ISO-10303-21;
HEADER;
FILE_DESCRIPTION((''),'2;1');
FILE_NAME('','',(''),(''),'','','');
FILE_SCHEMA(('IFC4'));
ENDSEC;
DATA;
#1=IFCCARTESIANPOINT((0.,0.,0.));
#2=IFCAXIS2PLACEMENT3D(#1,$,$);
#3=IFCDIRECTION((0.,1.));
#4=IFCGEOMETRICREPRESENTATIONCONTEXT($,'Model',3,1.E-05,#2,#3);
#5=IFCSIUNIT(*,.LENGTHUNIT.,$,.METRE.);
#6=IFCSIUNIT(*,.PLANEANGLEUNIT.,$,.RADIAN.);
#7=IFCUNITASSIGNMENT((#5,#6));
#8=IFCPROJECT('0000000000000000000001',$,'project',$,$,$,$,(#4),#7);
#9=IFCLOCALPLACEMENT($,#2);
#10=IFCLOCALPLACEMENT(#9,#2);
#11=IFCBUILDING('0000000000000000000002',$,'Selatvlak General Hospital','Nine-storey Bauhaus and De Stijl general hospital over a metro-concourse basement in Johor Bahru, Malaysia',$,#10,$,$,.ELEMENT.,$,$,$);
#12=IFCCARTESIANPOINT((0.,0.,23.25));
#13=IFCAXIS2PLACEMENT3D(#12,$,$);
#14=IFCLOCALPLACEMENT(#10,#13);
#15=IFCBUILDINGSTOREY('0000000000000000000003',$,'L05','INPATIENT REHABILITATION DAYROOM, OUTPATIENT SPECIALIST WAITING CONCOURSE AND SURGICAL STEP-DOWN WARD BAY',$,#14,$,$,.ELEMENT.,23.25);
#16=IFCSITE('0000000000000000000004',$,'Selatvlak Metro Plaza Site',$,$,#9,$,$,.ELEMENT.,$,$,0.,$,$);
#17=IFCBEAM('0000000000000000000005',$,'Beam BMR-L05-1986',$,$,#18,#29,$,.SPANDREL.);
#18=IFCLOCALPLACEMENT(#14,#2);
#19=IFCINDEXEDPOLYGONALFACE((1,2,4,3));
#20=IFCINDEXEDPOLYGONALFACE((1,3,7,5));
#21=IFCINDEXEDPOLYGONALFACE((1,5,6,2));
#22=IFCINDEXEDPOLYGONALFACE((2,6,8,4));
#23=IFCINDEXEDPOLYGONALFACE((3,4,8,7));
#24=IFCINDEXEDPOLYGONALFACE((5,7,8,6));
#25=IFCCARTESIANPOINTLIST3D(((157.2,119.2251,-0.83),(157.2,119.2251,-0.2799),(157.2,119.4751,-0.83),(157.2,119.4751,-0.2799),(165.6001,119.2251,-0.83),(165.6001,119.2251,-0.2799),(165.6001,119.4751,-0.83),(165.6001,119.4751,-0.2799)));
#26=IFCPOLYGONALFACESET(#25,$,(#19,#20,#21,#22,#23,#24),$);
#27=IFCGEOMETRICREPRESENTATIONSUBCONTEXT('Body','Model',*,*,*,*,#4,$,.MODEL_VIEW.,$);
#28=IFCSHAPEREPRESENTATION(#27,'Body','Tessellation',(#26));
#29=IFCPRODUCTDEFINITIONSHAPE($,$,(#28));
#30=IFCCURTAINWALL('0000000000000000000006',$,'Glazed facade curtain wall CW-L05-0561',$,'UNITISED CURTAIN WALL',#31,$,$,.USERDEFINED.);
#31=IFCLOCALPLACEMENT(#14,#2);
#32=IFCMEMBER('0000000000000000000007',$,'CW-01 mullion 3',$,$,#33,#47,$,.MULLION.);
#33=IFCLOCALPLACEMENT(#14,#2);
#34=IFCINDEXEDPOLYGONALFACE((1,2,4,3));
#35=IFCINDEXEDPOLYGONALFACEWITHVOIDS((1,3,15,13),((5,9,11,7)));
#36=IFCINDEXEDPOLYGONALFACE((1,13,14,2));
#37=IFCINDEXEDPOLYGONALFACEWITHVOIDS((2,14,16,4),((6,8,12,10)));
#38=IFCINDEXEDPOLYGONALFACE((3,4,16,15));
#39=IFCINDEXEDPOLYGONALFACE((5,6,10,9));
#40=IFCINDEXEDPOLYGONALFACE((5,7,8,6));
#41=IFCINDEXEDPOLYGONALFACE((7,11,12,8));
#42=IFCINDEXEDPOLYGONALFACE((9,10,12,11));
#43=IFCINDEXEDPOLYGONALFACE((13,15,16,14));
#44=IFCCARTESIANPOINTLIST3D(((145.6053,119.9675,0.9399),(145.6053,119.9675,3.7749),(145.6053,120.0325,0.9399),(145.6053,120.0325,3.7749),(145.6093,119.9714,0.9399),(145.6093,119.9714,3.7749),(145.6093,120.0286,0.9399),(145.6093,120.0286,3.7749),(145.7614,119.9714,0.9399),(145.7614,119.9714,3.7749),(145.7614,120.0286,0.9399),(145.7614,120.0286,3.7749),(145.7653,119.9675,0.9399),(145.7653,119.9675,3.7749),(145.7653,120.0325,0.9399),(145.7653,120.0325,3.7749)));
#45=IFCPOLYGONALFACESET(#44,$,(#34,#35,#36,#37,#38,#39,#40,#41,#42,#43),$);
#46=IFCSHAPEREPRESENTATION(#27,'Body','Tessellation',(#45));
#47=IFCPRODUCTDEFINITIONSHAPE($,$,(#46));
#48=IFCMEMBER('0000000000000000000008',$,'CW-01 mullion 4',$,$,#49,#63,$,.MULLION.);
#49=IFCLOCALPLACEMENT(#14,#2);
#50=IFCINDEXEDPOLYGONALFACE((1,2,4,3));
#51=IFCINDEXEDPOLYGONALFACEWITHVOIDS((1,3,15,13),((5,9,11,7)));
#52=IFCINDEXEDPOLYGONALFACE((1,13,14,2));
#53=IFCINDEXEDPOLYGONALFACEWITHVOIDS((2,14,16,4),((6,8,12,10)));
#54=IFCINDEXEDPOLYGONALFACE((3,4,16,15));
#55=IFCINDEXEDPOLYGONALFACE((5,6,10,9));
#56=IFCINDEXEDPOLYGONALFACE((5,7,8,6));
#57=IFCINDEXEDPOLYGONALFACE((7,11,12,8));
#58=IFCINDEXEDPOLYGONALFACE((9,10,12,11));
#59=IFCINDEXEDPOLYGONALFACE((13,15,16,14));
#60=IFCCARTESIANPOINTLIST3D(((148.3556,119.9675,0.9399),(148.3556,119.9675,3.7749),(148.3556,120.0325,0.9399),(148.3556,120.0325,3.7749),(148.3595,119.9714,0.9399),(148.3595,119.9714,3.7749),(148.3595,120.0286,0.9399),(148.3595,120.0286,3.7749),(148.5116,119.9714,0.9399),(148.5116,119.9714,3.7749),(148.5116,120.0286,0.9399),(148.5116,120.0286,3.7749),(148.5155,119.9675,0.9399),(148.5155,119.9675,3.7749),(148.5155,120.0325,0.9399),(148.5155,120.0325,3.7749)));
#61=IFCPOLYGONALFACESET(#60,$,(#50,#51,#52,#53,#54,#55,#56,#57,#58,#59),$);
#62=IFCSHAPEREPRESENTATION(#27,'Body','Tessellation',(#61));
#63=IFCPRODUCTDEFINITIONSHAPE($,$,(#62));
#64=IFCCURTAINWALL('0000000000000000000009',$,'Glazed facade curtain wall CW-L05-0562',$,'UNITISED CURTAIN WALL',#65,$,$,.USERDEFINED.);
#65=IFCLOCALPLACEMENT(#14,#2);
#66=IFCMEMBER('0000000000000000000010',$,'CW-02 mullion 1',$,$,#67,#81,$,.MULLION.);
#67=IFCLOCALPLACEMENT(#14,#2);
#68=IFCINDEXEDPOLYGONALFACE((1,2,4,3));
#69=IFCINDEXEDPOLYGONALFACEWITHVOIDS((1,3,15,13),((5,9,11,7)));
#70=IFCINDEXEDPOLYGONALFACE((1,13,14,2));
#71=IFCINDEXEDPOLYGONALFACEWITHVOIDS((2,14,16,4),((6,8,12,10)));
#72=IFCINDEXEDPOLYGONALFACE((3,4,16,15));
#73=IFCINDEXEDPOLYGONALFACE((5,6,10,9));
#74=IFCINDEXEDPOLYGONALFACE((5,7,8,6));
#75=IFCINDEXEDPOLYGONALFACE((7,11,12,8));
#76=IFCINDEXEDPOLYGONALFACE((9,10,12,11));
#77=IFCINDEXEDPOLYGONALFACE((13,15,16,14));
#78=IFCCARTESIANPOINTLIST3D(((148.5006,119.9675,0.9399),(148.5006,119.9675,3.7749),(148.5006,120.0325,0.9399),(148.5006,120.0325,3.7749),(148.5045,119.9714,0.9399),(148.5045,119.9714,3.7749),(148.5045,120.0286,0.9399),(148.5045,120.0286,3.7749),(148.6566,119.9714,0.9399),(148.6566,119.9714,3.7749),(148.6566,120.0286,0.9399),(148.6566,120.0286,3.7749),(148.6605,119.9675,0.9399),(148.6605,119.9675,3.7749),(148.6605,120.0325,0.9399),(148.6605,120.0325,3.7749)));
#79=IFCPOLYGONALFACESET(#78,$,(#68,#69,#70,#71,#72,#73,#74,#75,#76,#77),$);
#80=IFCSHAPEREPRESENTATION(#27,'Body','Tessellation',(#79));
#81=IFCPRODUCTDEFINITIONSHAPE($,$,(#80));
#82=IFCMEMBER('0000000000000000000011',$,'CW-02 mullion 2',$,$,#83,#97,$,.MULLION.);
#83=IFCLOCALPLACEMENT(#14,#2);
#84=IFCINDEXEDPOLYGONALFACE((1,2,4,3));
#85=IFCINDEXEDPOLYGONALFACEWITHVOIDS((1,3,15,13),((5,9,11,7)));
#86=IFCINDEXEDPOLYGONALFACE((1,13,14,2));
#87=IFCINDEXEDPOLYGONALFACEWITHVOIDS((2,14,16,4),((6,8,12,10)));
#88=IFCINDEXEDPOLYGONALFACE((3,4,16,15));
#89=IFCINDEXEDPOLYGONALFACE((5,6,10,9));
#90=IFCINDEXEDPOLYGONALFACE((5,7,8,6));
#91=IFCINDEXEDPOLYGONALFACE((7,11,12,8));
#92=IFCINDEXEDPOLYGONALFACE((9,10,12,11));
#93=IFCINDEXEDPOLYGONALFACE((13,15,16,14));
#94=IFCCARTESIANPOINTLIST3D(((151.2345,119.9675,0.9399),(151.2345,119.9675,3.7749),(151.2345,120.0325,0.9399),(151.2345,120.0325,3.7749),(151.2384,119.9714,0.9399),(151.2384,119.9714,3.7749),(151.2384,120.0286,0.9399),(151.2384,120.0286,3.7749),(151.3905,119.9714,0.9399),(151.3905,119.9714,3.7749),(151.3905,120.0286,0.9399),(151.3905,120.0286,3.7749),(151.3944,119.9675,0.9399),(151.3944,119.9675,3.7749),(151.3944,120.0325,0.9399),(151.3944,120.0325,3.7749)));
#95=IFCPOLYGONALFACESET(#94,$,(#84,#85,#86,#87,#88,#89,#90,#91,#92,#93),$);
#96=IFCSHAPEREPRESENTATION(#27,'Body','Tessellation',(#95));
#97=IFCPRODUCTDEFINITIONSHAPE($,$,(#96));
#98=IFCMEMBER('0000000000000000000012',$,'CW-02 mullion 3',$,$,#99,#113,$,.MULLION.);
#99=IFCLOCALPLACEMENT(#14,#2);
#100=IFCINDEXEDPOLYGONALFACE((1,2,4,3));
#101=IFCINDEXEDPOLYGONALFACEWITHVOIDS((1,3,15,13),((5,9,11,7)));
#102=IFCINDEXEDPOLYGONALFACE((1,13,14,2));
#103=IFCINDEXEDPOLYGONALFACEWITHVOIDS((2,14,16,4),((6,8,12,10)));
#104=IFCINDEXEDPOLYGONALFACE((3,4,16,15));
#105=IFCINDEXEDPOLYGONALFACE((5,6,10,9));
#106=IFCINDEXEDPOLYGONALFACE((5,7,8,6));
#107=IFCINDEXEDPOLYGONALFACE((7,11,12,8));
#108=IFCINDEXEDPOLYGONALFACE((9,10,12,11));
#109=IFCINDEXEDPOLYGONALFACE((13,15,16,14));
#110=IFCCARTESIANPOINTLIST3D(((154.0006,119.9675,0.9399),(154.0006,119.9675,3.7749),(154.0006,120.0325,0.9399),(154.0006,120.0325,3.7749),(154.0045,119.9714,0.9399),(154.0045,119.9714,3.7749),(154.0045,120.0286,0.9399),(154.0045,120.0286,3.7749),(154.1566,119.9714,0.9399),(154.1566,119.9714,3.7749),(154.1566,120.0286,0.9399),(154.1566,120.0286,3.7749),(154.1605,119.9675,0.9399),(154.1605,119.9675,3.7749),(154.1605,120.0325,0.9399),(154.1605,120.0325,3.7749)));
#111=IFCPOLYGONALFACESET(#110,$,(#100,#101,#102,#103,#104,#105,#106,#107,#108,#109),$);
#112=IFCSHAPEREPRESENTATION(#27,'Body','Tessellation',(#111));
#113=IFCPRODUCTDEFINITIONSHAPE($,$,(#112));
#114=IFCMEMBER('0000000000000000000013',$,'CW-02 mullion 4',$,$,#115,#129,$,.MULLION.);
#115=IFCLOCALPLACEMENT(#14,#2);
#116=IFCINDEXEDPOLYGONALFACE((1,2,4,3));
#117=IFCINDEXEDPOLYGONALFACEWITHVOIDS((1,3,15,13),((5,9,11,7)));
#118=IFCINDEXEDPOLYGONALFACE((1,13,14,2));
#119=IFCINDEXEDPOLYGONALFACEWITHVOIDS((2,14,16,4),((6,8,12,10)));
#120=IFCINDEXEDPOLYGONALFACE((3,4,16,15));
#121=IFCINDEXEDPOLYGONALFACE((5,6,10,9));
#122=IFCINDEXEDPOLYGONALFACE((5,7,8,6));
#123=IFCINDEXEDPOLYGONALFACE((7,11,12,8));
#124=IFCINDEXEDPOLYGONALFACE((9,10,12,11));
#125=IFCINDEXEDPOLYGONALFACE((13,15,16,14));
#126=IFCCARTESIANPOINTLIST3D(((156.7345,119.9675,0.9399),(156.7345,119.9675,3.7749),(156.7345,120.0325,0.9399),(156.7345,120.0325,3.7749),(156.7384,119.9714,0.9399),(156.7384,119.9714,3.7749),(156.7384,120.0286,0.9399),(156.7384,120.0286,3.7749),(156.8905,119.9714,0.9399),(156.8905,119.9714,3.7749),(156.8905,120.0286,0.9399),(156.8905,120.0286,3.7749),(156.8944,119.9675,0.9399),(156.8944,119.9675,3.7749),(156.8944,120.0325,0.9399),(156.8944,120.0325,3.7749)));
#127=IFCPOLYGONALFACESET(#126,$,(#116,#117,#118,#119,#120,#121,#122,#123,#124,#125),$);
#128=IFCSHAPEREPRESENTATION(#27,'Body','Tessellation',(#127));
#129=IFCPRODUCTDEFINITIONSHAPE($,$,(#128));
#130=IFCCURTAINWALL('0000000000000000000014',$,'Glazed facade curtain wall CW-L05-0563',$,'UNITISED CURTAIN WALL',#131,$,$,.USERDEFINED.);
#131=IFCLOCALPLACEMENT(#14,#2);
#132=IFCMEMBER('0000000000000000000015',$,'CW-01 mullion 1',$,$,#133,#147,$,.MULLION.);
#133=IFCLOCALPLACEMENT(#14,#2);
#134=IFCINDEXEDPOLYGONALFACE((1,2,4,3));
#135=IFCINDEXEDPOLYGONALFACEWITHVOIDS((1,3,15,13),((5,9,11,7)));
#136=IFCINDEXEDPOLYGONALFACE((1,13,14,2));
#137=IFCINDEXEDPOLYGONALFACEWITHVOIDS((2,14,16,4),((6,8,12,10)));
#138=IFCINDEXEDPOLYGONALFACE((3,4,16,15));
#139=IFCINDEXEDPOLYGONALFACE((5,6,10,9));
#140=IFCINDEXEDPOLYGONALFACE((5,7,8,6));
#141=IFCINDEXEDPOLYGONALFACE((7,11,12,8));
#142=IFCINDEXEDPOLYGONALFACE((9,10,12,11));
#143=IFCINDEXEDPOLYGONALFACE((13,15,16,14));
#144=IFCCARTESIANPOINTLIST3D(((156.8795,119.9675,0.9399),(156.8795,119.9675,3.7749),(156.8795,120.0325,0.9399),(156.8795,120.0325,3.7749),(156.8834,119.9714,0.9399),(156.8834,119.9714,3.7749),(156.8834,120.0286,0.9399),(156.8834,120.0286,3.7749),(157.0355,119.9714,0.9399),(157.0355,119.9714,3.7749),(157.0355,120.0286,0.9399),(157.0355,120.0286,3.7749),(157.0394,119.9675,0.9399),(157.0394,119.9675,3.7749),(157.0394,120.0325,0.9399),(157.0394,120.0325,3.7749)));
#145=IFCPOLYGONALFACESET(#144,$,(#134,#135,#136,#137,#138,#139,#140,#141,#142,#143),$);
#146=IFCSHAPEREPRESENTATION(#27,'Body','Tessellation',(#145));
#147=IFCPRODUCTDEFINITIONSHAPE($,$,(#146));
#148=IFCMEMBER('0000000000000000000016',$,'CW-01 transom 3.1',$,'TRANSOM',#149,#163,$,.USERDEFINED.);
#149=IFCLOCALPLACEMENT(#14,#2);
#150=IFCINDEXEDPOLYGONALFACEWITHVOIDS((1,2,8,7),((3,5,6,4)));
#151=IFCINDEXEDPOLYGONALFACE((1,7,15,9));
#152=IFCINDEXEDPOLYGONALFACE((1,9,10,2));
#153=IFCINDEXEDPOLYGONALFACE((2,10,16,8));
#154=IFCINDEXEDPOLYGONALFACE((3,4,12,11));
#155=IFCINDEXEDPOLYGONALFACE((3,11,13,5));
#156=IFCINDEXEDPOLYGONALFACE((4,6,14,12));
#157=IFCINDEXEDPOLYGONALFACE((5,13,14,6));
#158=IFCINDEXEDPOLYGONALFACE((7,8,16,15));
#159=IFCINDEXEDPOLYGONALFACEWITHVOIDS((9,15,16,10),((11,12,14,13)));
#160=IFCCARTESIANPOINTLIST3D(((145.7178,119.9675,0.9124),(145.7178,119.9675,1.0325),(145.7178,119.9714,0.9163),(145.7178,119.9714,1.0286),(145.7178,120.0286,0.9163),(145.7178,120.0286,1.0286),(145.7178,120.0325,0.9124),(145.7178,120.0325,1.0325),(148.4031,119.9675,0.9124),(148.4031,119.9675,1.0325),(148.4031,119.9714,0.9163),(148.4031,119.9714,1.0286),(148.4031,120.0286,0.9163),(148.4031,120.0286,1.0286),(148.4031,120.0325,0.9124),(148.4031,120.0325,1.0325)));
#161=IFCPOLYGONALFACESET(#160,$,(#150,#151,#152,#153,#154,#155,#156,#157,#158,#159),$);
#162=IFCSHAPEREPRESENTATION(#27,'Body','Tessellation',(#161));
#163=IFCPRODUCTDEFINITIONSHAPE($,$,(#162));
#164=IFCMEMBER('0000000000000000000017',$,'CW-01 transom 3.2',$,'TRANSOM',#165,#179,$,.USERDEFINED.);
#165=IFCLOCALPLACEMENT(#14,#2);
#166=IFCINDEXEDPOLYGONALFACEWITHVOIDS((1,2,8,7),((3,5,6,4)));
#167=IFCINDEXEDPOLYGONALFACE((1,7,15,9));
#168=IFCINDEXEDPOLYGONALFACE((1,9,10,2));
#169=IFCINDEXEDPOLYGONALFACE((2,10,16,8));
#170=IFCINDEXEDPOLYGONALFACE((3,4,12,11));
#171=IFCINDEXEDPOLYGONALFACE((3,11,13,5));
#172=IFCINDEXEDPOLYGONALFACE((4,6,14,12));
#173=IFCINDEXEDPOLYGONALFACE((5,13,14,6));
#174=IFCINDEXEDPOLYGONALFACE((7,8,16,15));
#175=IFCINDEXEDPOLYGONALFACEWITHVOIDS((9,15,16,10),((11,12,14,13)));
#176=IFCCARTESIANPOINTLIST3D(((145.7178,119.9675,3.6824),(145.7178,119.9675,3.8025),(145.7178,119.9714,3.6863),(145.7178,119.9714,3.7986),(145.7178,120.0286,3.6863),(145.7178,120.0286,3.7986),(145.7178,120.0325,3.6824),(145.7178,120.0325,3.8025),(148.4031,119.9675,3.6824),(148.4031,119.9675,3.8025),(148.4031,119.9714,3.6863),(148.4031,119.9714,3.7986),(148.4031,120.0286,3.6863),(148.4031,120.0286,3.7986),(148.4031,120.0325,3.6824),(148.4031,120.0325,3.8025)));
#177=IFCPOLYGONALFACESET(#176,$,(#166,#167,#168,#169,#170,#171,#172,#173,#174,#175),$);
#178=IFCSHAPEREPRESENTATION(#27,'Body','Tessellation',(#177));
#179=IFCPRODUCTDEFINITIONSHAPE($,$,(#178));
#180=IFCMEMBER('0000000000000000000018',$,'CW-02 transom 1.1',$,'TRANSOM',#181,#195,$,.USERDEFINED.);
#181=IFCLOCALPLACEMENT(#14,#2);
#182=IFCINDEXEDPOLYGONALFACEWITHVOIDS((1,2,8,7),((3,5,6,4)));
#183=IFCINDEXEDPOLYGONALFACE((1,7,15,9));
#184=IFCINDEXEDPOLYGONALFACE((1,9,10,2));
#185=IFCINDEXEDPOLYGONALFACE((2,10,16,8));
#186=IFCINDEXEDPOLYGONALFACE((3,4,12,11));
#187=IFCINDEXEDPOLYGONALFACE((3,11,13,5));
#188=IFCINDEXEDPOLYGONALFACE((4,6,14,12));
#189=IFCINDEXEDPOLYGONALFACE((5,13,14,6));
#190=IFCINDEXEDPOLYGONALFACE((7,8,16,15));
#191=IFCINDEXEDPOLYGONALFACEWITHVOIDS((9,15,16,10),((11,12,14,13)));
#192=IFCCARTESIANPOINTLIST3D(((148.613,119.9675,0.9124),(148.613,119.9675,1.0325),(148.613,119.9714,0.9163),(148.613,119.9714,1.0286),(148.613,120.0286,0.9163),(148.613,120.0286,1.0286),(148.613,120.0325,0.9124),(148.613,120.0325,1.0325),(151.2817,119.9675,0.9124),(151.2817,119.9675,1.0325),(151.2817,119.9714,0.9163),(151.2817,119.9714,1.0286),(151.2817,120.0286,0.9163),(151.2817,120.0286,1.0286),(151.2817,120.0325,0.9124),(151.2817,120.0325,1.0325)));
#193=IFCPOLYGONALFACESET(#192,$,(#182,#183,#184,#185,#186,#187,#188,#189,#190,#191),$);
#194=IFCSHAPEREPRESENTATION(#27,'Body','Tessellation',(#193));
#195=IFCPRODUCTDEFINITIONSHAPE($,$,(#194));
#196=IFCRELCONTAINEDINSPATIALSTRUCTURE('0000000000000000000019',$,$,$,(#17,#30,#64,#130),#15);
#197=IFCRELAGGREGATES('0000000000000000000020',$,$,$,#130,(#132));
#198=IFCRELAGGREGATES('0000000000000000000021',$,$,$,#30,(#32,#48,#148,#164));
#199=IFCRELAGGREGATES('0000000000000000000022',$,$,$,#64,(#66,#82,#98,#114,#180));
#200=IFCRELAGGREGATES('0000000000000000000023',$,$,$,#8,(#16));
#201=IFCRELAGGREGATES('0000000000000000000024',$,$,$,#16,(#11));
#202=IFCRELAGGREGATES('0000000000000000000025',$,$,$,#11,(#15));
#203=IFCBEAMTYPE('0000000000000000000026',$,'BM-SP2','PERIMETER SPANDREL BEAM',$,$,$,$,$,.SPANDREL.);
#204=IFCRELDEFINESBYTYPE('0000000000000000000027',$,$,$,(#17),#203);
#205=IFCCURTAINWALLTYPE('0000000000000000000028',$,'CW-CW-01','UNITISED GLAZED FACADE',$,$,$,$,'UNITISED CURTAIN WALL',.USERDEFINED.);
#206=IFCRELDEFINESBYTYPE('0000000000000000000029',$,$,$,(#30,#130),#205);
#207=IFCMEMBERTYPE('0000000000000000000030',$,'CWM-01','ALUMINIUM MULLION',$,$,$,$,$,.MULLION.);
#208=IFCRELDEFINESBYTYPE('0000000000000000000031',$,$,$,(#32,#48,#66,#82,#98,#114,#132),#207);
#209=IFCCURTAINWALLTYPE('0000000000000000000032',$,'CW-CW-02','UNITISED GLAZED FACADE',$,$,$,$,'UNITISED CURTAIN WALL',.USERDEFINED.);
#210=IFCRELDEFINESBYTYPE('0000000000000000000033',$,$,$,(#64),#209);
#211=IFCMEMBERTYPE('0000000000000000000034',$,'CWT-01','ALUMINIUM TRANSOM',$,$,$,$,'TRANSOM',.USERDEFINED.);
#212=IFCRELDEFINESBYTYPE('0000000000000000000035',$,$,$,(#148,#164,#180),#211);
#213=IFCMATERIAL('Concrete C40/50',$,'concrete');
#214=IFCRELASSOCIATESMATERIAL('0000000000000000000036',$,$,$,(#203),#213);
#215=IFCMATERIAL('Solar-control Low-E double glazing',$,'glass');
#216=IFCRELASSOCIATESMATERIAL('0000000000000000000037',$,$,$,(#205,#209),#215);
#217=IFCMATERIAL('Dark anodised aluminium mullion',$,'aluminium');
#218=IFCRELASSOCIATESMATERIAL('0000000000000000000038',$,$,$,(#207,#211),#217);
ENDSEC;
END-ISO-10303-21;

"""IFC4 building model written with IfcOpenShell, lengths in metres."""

from ifc_helpers import new_model, si_unit, direction, frame, origin, origin_2d, place, context, subcontext, project, spatial, rectangle, hollow_rectangle, extrude, material, material_profile, profile_set, type_object, element, aggregate, save


model = new_model("IFC4")

# Units and contexts
model_context = context("Model", 3, precision=1e-05, world=origin(), true_north=direction((0.0, 1.0)))
body_context = subcontext(model_context, "Body", "Model", "MODEL_VIEW")
ifc_project = project(units=[si_unit("LENGTHUNIT", "METRE"), si_unit("PLANEANGLEUNIT", "RADIAN")], contexts=[model_context])

# Site, building, storey
site_placement = place(None, origin())
site = spatial("IfcSite", under=ifc_project, at=site_placement, Name="Selatvlak Metro Plaza Site", CompositionType="ELEMENT", RefElevation=0.0)
building_placement = place(site_placement, origin())
building = spatial("IfcBuilding", under=site, at=building_placement, Name="Selatvlak General Hospital", Description="Nine-storey Bauhaus and De Stijl general hospital over a metro-concourse basement in Johor Bahru, Malaysia", CompositionType="ELEMENT")
storey_placement = place(building_placement, frame((0.0, 0.0, 23.25)))
storey = spatial("IfcBuildingStorey", under=building, at=storey_placement, Name="L05", Description="INPATIENT REHABILITATION DAYROOM, OUTPATIENT SPECIALIST WAITING CONCOURSE AND SURGICAL STEP-DOWN WARD BAY", CompositionType="ELEMENT", Elevation=23.25)

# Beam
ifc_material_1 = material(Name="Concrete C40/50", Category="concrete")
ifc_material_profile_1 = material_profile(ifc_material_1, rectangle(XDim=0.25, YDim=0.55, at=origin_2d()), Name="RC-SP 250x550")
ifc_profile_set_1 = profile_set([ifc_material_profile_1], Name="Concrete C40/50")
beam_type = type_object("IfcBeamType", Name="BM-SP2", Description="PERIMETER SPANDREL BEAM", PredefinedType="SPANDREL", material=ifc_profile_set_1)
beam_placement = place(storey_placement, frame((157.2, 119.3501, -0.5549), z_axis=(1.0, 0.0, 0.0), x_axis=(0.0, 1.0, 0.0)))
element("IfcBeam", 1, at=beam_placement, inside=storey, type_object=beam_type, Name="Beam BMR-L05-1986", PredefinedType="SPANDREL", context=body_context, shape_type="SweptSolid", body=[
    extrude(rectangle(XDim=0.25, YDim=0.55, at=origin_2d()), origin(), (0.0, 0.0, 1.0), 8.4001),
])

# Curtain walls, members
ifc_material_2 = material(Name="Solar-control Low-E double glazing", Category="glass")
curtain_wall_type_1 = type_object("IfcCurtainWallType", Name="CW-CW-01", Description="UNITISED GLAZED FACADE", ElementType="UNITISED CURTAIN WALL", PredefinedType="USERDEFINED", material=ifc_material_2)
curtain_wall_1_placement = place(storey_placement, origin())
curtain_wall_1 = element("IfcCurtainWall", 2, at=curtain_wall_1_placement, inside=storey, type_object=curtain_wall_type_1, Name="Glazed facade curtain wall CW-L05-0561", ObjectType="UNITISED CURTAIN WALL", PredefinedType="USERDEFINED")
ifc_material_3 = material(Name="Dark anodised aluminium mullion", Category="aluminium")
ifc_material_profile_2 = material_profile(ifc_material_3, hollow_rectangle(XDim=0.0649, YDim=0.1599, WallThickness=0.0039, at=origin_2d()), Name="AL-MUL 65x160x4")
ifc_profile_set_2 = profile_set([ifc_material_profile_2], Name="Dark anodised aluminium mullion")
member_type_1 = type_object("IfcMemberType", Name="CWM-01", Description="ALUMINIUM MULLION", PredefinedType="MULLION", material=ifc_profile_set_2)
member_1_placement = place(storey_placement, frame((145.6853, 120.0, 0.9399), z_axis=(0.0, 0.0, 1.0), x_axis=(0.0, 1.0, 0.0)))
member_1 = element("IfcMember", 3, at=member_1_placement, type_object=member_type_1, Name="CW-01 mullion 3", PredefinedType="MULLION", context=body_context, shape_type="SweptSolid", body=[
    extrude(hollow_rectangle(XDim=0.0649, YDim=0.1599, WallThickness=0.0039, at=origin_2d()), origin(), (0.0, 0.0, 1.0), 2.835),
])
member_2_placement = place(storey_placement, frame((148.4355, 120.0, 0.9399), z_axis=(0.0, 0.0, 1.0), x_axis=(0.0, 1.0, 0.0)))
member_2 = element("IfcMember", 4, at=member_2_placement, type_object=member_type_1, Name="CW-01 mullion 4", PredefinedType="MULLION", context=body_context, shape_type="SweptSolid", body=[
    extrude(hollow_rectangle(XDim=0.0649, YDim=0.1599, WallThickness=0.0039, at=origin_2d()), origin(), (0.0, 0.0, 1.0), 2.835),
])
curtain_wall_type_2 = type_object("IfcCurtainWallType", Name="CW-CW-02", Description="UNITISED GLAZED FACADE", ElementType="UNITISED CURTAIN WALL", PredefinedType="USERDEFINED", material=ifc_material_2)
curtain_wall_2_placement = place(storey_placement, origin())
curtain_wall_2 = element("IfcCurtainWall", 5, at=curtain_wall_2_placement, inside=storey, type_object=curtain_wall_type_2, Name="Glazed facade curtain wall CW-L05-0562", ObjectType="UNITISED CURTAIN WALL", PredefinedType="USERDEFINED")
member_3_placement = place(storey_placement, frame((148.5806, 120.0, 0.9399), z_axis=(0.0, 0.0, 1.0), x_axis=(0.0, 1.0, 0.0)))
member_3 = element("IfcMember", 6, at=member_3_placement, type_object=member_type_1, Name="CW-02 mullion 1", PredefinedType="MULLION", context=body_context, shape_type="SweptSolid", body=[
    extrude(hollow_rectangle(XDim=0.0649, YDim=0.1599, WallThickness=0.0039, at=origin_2d()), origin(), (0.0, 0.0, 1.0), 2.835),
])
member_4_placement = place(storey_placement, frame((151.3145, 120.0, 0.9399), z_axis=(0.0, 0.0, 1.0), x_axis=(0.0, 1.0, 0.0)))
member_4 = element("IfcMember", 7, at=member_4_placement, type_object=member_type_1, Name="CW-02 mullion 2", PredefinedType="MULLION", context=body_context, shape_type="SweptSolid", body=[
    extrude(hollow_rectangle(XDim=0.0649, YDim=0.1599, WallThickness=0.0039, at=origin_2d()), origin(), (0.0, 0.0, 1.0), 2.835),
])
member_5_placement = place(storey_placement, frame((154.0806, 120.0, 0.9399), z_axis=(0.0, 0.0, 1.0), x_axis=(0.0, 1.0, 0.0)))
member_5 = element("IfcMember", 8, at=member_5_placement, type_object=member_type_1, Name="CW-02 mullion 3", PredefinedType="MULLION", context=body_context, shape_type="SweptSolid", body=[
    extrude(hollow_rectangle(XDim=0.0649, YDim=0.1599, WallThickness=0.0039, at=origin_2d()), origin(), (0.0, 0.0, 1.0), 2.835),
])
member_6_placement = place(storey_placement, frame((156.8145, 120.0, 0.9399), z_axis=(0.0, 0.0, 1.0), x_axis=(0.0, 1.0, 0.0)))
member_6 = element("IfcMember", 9, at=member_6_placement, type_object=member_type_1, Name="CW-02 mullion 4", PredefinedType="MULLION", context=body_context, shape_type="SweptSolid", body=[
    extrude(hollow_rectangle(XDim=0.0649, YDim=0.1599, WallThickness=0.0039, at=origin_2d()), origin(), (0.0, 0.0, 1.0), 2.835),
])

# Curtain wall, member
curtain_wall_3_placement = place(storey_placement, origin())
curtain_wall_3 = element("IfcCurtainWall", 10, at=curtain_wall_3_placement, inside=storey, type_object=curtain_wall_type_1, Name="Glazed facade curtain wall CW-L05-0563", ObjectType="UNITISED CURTAIN WALL", PredefinedType="USERDEFINED")
member_7_placement = place(storey_placement, frame((156.9595, 120.0, 0.9399), z_axis=(0.0, 0.0, 1.0), x_axis=(0.0, 1.0, 0.0)))
member_7 = element("IfcMember", 11, at=member_7_placement, type_object=member_type_1, Name="CW-01 mullion 1", PredefinedType="MULLION", context=body_context, shape_type="SweptSolid", body=[
    extrude(hollow_rectangle(XDim=0.0649, YDim=0.1599, WallThickness=0.0039, at=origin_2d()), origin(), (0.0, 0.0, 1.0), 2.835),
])

# Members
ifc_material_profile_3 = material_profile(ifc_material_3, hollow_rectangle(XDim=0.0649, YDim=0.1201, WallThickness=0.0039, at=origin_2d()), Name="AL-TRN 65x120x4")
ifc_profile_set_3 = profile_set([ifc_material_profile_3], Name="Dark anodised aluminium mullion")
member_type_2 = type_object("IfcMemberType", Name="CWT-01", Description="ALUMINIUM TRANSOM", ElementType="TRANSOM", PredefinedType="USERDEFINED", material=ifc_profile_set_3)
member_8_placement = place(storey_placement, frame((145.7178, 120.0, 0.9724), z_axis=(1.0, 0.0, 0.0), x_axis=(0.0, 1.0, 0.0)))
member_8 = element("IfcMember", 12, at=member_8_placement, type_object=member_type_2, Name="CW-01 transom 3.1", ObjectType="TRANSOM", PredefinedType="USERDEFINED", context=body_context, shape_type="SweptSolid", body=[
    extrude(hollow_rectangle(XDim=0.0649, YDim=0.1201, WallThickness=0.0039, at=origin_2d()), origin(), (0.0, 0.0, 1.0), 2.6853),
])
member_9_placement = place(storey_placement, frame((145.7178, 120.0, 3.7424), z_axis=(1.0, 0.0, 0.0), x_axis=(0.0, 1.0, 0.0)))
member_9 = element("IfcMember", 13, at=member_9_placement, type_object=member_type_2, Name="CW-01 transom 3.2", ObjectType="TRANSOM", PredefinedType="USERDEFINED", context=body_context, shape_type="SweptSolid", body=[
    extrude(hollow_rectangle(XDim=0.0649, YDim=0.1201, WallThickness=0.0039, at=origin_2d()), origin(), (0.0, 0.0, 1.0), 2.6853),
])
member_10_placement = place(storey_placement, frame((148.613, 120.0, 0.9724), z_axis=(1.0, 0.0, 0.0), x_axis=(0.0, 1.0, 0.0)))
member_10 = element("IfcMember", 14, at=member_10_placement, type_object=member_type_2, Name="CW-02 transom 1.1", ObjectType="TRANSOM", PredefinedType="USERDEFINED", context=body_context, shape_type="SweptSolid", body=[
    extrude(hollow_rectangle(XDim=0.0649, YDim=0.1201, WallThickness=0.0039, at=origin_2d()), origin(), (0.0, 0.0, 1.0), 2.6687),
])
aggregate(curtain_wall_3, [member_7])

aggregate(curtain_wall_1, [member_1, member_2, member_8, member_9])
aggregate(curtain_wall_2, [member_3, member_4, member_5, member_6, member_10])

save(model, "model.ifc")
